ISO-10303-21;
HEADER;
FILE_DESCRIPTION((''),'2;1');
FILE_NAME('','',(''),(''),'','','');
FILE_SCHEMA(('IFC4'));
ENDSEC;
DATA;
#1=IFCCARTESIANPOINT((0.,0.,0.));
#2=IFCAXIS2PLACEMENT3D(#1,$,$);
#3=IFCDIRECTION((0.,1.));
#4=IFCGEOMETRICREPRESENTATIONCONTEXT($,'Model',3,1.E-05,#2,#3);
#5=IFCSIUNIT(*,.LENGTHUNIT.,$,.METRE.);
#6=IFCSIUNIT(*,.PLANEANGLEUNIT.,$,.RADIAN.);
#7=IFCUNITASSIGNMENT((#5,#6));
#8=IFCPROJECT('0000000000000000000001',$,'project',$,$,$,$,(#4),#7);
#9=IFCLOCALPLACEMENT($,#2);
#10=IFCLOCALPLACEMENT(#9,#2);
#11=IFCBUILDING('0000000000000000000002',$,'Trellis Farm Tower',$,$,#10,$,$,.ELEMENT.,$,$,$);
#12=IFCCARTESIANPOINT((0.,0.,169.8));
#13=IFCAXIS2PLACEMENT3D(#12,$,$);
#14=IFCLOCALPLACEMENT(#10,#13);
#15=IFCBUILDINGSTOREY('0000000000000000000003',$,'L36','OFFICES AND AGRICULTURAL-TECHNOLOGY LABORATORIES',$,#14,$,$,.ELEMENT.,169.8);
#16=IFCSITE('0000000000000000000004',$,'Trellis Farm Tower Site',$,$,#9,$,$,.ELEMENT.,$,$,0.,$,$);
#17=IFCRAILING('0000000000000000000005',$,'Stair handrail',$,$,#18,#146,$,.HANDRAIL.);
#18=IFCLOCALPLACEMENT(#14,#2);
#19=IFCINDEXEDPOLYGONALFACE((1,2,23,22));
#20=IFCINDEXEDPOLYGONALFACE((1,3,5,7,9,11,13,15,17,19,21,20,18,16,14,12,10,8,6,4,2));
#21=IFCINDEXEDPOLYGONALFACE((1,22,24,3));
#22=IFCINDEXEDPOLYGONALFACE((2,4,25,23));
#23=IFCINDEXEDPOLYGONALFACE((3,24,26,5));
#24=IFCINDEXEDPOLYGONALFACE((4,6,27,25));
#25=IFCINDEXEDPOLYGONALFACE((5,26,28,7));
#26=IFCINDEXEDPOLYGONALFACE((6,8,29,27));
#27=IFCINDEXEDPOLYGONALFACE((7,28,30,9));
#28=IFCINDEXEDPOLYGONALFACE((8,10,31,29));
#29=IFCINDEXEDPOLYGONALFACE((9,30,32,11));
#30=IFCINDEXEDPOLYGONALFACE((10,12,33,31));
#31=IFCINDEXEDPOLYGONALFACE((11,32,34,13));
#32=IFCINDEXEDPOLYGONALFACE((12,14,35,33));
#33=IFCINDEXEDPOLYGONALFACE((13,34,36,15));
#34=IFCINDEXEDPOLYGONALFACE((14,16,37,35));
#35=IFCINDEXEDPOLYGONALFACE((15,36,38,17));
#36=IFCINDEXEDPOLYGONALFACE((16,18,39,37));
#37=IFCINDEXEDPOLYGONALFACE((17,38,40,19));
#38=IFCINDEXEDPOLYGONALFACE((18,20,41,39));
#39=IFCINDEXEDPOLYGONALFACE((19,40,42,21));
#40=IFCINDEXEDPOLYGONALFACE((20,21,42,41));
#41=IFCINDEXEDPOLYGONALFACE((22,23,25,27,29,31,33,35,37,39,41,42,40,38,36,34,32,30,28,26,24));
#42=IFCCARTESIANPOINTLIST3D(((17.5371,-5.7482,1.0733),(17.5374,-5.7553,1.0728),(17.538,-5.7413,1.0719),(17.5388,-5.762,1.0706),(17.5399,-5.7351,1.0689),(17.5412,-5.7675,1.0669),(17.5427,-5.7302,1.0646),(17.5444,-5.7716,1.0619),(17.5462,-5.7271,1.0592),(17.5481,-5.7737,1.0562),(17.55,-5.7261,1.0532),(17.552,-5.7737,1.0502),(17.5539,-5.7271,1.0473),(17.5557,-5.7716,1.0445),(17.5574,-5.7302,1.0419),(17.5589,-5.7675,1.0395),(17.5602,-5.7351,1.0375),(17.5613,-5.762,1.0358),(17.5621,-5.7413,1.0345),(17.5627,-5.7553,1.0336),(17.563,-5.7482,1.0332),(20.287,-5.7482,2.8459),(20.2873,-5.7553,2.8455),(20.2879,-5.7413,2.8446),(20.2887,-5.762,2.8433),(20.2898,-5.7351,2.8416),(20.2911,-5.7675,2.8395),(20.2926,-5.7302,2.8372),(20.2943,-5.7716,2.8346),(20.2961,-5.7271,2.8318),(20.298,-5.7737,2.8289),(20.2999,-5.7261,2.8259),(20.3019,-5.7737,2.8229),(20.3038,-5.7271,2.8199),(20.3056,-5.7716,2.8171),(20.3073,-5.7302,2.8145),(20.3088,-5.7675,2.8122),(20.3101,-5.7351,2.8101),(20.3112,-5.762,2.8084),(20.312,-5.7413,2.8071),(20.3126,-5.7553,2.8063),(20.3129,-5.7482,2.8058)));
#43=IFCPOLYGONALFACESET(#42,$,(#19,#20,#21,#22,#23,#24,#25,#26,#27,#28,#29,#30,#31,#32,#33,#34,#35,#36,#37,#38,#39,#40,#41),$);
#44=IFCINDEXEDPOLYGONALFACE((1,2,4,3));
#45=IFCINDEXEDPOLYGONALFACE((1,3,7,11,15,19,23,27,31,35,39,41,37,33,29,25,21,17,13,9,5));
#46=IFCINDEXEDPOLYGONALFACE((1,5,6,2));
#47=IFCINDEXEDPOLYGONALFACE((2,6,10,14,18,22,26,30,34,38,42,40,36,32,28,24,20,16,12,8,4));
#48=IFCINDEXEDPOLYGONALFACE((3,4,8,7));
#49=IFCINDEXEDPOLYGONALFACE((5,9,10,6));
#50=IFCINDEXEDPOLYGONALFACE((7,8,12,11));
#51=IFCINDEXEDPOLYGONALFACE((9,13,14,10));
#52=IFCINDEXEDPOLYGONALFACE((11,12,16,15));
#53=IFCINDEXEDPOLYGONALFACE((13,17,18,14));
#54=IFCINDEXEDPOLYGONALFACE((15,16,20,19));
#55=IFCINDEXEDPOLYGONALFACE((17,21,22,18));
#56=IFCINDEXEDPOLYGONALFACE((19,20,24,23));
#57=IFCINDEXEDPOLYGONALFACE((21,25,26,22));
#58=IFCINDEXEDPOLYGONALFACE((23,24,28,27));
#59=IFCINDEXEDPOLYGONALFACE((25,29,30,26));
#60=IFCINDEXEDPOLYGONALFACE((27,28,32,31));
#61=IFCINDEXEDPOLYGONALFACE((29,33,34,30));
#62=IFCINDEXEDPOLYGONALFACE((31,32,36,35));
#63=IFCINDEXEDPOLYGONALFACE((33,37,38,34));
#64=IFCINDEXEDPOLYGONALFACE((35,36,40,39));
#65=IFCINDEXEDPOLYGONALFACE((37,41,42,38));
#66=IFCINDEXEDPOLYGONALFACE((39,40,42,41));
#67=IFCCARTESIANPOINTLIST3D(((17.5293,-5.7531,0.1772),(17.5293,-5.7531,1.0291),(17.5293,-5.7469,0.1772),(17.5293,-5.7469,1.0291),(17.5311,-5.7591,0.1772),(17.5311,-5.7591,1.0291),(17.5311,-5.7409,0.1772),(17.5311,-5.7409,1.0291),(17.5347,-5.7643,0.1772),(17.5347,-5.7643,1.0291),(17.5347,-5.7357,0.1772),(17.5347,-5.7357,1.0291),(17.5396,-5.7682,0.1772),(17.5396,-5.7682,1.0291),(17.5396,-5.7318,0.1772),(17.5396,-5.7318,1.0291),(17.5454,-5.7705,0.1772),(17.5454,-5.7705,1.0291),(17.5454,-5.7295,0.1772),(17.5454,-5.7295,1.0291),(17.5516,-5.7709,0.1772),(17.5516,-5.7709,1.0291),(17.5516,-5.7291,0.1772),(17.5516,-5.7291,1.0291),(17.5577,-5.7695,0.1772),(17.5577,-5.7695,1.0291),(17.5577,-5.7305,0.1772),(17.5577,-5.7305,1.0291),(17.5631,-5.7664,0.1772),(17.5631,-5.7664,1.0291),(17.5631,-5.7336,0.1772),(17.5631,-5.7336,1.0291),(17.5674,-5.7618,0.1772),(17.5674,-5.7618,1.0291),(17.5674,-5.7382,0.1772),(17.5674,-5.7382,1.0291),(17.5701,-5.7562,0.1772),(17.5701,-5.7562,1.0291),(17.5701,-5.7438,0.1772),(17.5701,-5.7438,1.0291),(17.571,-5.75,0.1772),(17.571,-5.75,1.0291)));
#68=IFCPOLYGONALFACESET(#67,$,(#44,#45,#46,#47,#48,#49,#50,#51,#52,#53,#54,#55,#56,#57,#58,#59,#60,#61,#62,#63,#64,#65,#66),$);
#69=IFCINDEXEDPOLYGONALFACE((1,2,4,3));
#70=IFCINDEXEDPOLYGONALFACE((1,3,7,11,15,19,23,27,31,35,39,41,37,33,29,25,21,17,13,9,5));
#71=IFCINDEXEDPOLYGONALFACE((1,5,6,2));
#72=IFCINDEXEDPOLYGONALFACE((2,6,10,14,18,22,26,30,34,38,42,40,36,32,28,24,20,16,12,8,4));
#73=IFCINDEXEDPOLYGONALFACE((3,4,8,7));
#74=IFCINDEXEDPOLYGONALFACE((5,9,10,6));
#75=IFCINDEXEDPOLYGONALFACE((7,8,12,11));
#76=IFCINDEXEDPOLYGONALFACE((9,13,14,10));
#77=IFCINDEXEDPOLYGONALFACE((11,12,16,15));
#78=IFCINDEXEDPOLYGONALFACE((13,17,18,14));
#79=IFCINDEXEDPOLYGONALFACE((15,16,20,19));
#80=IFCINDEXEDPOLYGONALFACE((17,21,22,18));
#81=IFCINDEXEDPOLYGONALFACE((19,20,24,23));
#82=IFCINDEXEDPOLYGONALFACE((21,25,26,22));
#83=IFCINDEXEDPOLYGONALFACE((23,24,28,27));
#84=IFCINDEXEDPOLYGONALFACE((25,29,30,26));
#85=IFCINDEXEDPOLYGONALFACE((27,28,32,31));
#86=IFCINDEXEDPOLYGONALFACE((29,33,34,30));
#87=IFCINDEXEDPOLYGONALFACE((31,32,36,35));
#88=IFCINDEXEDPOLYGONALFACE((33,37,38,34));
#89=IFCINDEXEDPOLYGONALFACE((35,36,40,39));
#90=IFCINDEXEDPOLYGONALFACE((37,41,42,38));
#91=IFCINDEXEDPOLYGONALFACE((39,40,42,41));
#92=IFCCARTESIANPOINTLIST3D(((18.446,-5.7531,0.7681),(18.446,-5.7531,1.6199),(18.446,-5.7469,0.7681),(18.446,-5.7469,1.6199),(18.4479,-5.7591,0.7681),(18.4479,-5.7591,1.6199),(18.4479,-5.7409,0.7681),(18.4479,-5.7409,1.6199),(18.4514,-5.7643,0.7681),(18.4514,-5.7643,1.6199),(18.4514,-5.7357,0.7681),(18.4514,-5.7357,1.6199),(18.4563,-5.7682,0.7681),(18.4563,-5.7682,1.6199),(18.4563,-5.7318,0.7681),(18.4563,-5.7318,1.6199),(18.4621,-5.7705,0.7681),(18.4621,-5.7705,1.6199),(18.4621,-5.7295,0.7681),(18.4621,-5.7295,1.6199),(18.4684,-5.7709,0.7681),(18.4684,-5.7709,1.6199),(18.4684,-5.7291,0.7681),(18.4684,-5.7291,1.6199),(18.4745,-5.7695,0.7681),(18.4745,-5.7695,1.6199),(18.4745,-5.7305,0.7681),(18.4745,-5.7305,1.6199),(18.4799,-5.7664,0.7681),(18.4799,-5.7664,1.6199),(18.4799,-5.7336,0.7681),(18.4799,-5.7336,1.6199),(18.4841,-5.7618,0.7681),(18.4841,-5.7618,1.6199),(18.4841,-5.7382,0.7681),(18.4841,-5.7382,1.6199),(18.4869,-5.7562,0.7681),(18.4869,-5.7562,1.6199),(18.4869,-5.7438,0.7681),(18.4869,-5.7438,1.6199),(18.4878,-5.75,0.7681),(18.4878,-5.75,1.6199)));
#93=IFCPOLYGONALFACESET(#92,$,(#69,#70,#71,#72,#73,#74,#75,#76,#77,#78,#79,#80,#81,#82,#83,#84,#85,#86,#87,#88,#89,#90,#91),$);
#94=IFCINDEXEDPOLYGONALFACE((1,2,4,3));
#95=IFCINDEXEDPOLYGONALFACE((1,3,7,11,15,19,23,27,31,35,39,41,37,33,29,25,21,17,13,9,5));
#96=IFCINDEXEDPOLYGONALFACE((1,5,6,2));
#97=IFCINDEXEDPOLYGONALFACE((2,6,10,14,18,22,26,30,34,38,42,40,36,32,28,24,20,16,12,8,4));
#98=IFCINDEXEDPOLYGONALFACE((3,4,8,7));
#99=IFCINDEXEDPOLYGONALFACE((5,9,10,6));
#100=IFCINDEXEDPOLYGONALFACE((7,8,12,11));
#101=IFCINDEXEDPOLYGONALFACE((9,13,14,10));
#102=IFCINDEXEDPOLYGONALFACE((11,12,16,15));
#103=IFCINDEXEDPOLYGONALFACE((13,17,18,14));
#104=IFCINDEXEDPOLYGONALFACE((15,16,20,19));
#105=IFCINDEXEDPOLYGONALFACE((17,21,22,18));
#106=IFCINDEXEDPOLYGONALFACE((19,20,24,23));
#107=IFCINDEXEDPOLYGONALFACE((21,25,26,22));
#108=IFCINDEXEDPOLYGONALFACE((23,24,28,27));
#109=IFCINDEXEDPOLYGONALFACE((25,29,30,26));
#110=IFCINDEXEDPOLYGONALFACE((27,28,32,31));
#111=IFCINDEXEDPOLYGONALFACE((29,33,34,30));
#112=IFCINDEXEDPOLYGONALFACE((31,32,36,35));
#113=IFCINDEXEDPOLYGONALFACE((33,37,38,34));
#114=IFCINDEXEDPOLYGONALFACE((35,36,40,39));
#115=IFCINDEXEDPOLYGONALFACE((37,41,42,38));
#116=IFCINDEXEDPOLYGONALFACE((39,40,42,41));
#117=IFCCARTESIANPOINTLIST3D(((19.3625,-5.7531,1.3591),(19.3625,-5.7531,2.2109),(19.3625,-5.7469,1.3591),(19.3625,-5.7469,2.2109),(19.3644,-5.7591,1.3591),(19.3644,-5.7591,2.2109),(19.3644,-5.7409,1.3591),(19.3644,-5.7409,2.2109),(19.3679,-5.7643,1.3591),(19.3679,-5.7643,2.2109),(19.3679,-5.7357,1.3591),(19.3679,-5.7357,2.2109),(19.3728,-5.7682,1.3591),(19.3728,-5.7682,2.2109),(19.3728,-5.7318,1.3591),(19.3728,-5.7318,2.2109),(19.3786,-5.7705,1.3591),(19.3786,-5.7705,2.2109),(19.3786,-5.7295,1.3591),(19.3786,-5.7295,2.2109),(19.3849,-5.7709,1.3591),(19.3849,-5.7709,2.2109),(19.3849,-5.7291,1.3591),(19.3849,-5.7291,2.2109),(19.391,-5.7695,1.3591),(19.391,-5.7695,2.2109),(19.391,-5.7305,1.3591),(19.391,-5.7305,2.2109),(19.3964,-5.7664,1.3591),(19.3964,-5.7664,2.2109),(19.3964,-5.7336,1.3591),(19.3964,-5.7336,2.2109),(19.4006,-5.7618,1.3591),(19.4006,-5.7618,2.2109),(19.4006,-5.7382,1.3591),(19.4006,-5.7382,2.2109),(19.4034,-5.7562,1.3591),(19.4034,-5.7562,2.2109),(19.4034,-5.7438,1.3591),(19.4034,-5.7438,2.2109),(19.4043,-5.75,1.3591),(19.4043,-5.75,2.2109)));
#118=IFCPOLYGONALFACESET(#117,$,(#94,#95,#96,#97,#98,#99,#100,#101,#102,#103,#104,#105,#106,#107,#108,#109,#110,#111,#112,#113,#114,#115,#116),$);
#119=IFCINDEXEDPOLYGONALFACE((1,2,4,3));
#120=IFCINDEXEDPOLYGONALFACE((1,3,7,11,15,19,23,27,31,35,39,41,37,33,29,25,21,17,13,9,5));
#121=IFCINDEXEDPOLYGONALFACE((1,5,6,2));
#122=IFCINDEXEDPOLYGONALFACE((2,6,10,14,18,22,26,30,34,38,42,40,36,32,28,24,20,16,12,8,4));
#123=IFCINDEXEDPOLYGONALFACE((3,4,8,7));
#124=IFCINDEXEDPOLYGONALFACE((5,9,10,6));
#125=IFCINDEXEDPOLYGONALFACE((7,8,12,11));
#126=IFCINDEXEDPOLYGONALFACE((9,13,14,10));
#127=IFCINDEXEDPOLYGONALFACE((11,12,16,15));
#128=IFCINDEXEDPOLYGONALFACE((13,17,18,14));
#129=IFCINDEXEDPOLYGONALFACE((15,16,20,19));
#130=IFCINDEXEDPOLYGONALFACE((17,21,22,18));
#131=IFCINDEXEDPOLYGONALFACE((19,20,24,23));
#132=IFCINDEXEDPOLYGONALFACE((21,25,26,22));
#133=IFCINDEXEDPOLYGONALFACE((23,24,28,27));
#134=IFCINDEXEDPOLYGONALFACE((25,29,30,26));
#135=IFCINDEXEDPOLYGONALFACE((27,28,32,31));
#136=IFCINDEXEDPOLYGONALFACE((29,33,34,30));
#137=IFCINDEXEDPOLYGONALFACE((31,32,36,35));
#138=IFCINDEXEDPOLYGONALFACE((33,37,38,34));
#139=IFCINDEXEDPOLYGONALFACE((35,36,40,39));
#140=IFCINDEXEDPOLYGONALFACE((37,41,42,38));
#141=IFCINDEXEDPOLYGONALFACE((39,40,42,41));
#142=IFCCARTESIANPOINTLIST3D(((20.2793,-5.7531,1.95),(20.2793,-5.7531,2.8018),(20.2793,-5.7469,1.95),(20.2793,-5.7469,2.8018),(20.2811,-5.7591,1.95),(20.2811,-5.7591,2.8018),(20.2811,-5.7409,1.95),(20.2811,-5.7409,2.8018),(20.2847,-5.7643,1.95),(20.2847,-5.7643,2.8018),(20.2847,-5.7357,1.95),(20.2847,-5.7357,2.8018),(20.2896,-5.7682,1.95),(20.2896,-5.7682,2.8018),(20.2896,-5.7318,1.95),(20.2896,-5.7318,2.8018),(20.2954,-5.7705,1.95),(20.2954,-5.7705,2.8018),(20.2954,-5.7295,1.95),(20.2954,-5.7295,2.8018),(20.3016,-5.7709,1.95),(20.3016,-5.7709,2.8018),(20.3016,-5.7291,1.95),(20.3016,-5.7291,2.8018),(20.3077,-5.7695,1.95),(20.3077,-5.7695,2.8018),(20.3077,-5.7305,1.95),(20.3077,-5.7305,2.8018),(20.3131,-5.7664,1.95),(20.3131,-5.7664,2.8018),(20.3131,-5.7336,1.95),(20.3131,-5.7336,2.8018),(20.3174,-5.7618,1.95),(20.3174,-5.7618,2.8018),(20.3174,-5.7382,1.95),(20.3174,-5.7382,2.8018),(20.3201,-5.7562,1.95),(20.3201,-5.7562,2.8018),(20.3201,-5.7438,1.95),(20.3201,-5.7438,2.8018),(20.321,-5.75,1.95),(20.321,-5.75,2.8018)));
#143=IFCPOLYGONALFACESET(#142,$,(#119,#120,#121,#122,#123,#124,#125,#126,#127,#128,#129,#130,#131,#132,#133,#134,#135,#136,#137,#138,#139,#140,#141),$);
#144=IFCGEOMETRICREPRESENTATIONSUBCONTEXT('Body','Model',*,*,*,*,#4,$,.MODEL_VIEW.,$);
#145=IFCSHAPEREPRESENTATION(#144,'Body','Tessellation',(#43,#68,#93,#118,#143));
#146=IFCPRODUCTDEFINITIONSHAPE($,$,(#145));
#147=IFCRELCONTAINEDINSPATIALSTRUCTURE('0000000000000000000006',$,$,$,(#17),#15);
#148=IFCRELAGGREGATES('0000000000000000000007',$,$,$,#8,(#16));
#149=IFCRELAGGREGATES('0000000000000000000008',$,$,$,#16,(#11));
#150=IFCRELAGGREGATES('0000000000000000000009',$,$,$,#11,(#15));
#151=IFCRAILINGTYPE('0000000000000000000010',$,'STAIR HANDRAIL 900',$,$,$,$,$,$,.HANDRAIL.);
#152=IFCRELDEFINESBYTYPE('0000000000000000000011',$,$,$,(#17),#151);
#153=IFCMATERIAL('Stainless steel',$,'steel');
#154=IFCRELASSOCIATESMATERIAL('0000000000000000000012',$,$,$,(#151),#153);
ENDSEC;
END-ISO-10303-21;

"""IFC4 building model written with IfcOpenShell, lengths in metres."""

from ifc_helpers import new_model, si_unit, direction, frame, origin, origin_2d, place, context, subcontext, project, spatial, circle, extrude, source, transform, mapped, material, type_object, element, save


model = new_model("IFC4")

# Units and contexts
model_context = context("Model", 3, precision=1e-05, world=origin(), true_north=direction((0.0, 1.0)))
body_context = subcontext(model_context, "Body", "Model", "MODEL_VIEW")
ifc_project = project(units=[si_unit("LENGTHUNIT", "METRE"), si_unit("PLANEANGLEUNIT", "RADIAN")], contexts=[model_context])

# Site, building, storey
site_placement = place(None, origin())
site = spatial("IfcSite", under=ifc_project, at=site_placement, Name="Trellis Farm Tower Site", CompositionType="ELEMENT", RefElevation=0.0)
building_placement = place(site_placement, origin())
building = spatial("IfcBuilding", under=site, at=building_placement, Name="Trellis Farm Tower", CompositionType="ELEMENT")
storey_placement = place(building_placement, frame((0.0, 0.0, 169.8)))
storey = spatial("IfcBuildingStorey", under=building, at=storey_placement, Name="L36", Description="OFFICES AND AGRICULTURAL-TECHNOLOGY LABORATORIES", CompositionType="ELEMENT", Elevation=169.8)

# Railing
ifc_material_1 = material(Name="Stainless steel", Category="steel")
railing_type = type_object("IfcRailingType", Name="STAIR HANDRAIL 900", PredefinedType="HANDRAIL", material=ifc_material_1)
shared_shape_1 = source(origin(), body_context, "Body", "SweptSolid", [
    extrude(circle(Radius=0.0239, at=origin_2d()), frame((0.0, 0.0, 0.876), z_axis=(0.840504, 0.0, 0.541806), x_axis=(0.0, 1.0, 0.0)), (0.0, 0.0, 1.0), 3.2717),
    extrude(circle(Radius=0.021, at=origin_2d()), origin(), (0.0, 0.0, 1.0), 0.8518),
    extrude(circle(Radius=0.021, at=origin_2d()), frame((0.9167, 0.0, 0.5908)), (0.0, 0.0, 1.0), 0.8518),
    extrude(circle(Radius=0.021, at=origin_2d()), frame((1.8333, 0.0, 1.1819)), (0.0, 0.0, 1.0), 0.8518),
    extrude(circle(Radius=0.021, at=origin_2d()), frame((2.75, 0.0, 1.7727)), (0.0, 0.0, 1.0), 0.8518),
])
for number, where, name in (
    (1, (17.55, -5.75, 0.1772), "Stair handrail"),
):
    element("IfcRailing", number, at=place(storey_placement, frame(where)), inside=storey, type_object=railing_type, Name=name, PredefinedType="HANDRAIL", context=body_context, shape_type="MappedRepresentation", body=[
        mapped(shared_shape_1, transform((0.0, 0.0, 0.0))),
    ])

save(model, "model.ifc")
